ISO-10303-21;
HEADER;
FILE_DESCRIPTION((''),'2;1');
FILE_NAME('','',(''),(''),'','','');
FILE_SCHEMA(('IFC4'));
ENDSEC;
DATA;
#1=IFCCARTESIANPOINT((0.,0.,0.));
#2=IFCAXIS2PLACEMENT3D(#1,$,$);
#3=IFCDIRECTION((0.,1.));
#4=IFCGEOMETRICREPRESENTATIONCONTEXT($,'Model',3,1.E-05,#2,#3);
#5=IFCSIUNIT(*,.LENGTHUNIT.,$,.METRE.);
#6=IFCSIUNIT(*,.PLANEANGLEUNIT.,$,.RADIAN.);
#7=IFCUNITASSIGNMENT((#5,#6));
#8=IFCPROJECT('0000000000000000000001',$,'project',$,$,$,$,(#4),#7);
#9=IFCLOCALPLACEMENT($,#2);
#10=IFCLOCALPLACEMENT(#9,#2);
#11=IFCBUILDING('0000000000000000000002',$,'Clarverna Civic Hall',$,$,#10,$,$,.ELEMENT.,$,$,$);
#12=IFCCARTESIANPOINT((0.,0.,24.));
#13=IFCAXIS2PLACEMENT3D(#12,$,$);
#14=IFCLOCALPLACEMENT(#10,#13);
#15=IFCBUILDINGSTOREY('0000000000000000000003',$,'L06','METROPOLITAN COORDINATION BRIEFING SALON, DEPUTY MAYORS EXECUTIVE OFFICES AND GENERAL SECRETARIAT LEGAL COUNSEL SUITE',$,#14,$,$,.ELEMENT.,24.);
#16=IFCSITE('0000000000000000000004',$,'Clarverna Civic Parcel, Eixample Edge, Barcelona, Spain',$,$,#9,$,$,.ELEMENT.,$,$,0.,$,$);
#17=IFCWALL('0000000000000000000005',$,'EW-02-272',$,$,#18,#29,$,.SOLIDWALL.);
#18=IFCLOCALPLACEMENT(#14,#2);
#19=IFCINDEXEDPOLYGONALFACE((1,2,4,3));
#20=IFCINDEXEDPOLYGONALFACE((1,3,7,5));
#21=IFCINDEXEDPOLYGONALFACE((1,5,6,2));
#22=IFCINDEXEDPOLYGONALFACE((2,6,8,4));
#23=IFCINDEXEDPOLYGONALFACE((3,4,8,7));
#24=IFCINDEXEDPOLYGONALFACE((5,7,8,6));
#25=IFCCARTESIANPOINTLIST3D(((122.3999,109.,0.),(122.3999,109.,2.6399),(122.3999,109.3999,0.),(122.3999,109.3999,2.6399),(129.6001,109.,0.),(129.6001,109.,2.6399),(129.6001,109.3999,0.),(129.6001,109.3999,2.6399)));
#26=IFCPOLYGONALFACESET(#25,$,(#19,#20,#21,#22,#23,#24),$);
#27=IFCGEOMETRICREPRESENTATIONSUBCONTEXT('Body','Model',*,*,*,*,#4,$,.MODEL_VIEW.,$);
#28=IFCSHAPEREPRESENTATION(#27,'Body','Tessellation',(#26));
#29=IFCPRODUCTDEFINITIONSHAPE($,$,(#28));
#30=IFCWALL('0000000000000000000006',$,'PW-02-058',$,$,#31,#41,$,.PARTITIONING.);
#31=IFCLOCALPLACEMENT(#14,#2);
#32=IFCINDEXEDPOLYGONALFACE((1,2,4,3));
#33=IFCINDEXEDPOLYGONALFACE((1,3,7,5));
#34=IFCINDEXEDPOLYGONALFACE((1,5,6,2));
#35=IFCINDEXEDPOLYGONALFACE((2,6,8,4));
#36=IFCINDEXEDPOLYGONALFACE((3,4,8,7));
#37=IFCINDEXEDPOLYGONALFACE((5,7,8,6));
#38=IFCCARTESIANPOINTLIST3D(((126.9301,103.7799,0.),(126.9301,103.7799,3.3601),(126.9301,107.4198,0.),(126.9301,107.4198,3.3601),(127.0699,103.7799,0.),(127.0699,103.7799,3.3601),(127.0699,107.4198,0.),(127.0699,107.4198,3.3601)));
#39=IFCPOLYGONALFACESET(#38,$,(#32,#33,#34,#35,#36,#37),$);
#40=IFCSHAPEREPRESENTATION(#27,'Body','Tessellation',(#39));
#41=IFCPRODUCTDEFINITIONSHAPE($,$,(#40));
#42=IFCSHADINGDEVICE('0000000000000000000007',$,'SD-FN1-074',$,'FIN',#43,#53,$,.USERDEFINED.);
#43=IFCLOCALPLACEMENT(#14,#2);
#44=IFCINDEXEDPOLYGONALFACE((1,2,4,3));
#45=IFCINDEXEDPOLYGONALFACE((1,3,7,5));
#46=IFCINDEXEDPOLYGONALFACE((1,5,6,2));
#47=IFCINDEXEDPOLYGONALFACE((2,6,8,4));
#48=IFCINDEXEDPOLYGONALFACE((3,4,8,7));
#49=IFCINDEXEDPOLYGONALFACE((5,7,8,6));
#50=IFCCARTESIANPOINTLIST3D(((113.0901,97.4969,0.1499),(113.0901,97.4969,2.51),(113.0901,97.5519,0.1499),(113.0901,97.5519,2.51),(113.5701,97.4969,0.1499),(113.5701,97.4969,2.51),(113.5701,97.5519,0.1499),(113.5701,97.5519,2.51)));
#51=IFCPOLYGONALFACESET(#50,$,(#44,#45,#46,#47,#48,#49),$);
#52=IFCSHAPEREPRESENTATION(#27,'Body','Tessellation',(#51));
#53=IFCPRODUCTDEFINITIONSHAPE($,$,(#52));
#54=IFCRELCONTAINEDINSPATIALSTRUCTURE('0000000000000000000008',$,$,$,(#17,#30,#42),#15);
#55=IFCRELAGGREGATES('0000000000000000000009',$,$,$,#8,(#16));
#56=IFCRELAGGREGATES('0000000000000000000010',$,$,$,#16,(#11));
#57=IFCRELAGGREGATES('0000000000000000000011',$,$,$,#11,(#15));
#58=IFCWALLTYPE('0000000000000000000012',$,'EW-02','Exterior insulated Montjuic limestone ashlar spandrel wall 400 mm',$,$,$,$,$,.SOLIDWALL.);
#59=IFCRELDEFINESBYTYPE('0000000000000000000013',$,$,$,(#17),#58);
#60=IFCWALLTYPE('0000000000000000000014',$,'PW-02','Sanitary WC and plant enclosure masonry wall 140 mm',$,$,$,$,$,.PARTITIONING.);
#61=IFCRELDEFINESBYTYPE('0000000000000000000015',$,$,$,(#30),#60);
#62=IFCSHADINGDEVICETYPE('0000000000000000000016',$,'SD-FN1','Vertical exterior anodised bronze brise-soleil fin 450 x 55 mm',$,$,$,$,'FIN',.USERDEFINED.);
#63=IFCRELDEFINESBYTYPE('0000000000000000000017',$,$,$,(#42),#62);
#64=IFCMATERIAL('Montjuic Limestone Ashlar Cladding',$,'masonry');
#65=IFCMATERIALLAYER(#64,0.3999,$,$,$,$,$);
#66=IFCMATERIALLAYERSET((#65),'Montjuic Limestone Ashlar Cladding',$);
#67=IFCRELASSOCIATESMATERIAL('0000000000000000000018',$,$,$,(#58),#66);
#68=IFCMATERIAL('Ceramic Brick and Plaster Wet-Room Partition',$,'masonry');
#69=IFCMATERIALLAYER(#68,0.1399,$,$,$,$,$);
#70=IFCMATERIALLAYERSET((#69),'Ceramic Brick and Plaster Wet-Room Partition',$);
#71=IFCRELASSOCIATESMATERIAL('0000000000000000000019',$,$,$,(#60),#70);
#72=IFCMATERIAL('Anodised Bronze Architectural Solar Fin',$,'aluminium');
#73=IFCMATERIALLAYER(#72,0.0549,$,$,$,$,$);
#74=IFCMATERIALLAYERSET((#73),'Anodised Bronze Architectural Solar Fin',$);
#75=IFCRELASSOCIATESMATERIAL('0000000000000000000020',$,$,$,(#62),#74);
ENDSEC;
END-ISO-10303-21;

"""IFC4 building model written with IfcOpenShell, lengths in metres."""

from ifc_helpers import new_model, si_unit, direction, frame, frame_2d, origin, place, context, subcontext, project, spatial, rectangle, extrude, material, layer, layer_set, type_object, element, save


model = new_model("IFC4")

# Units and contexts
model_context = context("Model", 3, precision=1e-05, world=origin(), true_north=direction((0.0, 1.0)))
body_context = subcontext(model_context, "Body", "Model", "MODEL_VIEW")
ifc_project = project(units=[si_unit("LENGTHUNIT", "METRE"), si_unit("PLANEANGLEUNIT", "RADIAN")], contexts=[model_context])

# Site, building, storey
site_placement = place(None, origin())
site = spatial("IfcSite", under=ifc_project, at=site_placement, Name="Clarverna Civic Parcel, Eixample Edge, Barcelona, Spain", CompositionType="ELEMENT", RefElevation=0.0)
building_placement = place(site_placement, origin())
building = spatial("IfcBuilding", under=site, at=building_placement, Name="Clarverna Civic Hall", CompositionType="ELEMENT")
storey_placement = place(building_placement, frame((0.0, 0.0, 24.0)))
storey = spatial("IfcBuildingStorey", under=building, at=storey_placement, Name="L06", Description="METROPOLITAN COORDINATION BRIEFING SALON, DEPUTY MAYORS EXECUTIVE OFFICES AND GENERAL SECRETARIAT LEGAL COUNSEL SUITE", CompositionType="ELEMENT", Elevation=24.0)

# Walls
ifc_material_1 = material(Name="Montjuic Limestone Ashlar Cladding", Category="masonry")
ifc_layer_1 = layer(ifc_material_1, 0.3999)
ifc_layer_set_1 = layer_set([ifc_layer_1], Name="Montjuic Limestone Ashlar Cladding")
wall_type_1 = type_object("IfcWallType", Name="EW-02", Description="Exterior insulated Montjuic limestone ashlar spandrel wall 400 mm", PredefinedType="SOLIDWALL", material=ifc_layer_set_1)
wall_1_placement = place(storey_placement, frame((122.3999, 109.2, 0.0), z_axis=(0.0, 0.0, 1.0), x_axis=(1.0, 0.0, 0.0)))
element("IfcWall", 1, at=wall_1_placement, inside=storey, type_object=wall_type_1, Name="EW-02-272", PredefinedType="SOLIDWALL", context=body_context, shape_type="SweptSolid", body=[
    extrude(rectangle(XDim=7.2002, YDim=0.3999, at=frame_2d((3.6001, 0.0))), origin(), (0.0, 0.0, 1.0), 2.6399),
])
ifc_material_2 = material(Name="Ceramic Brick and Plaster Wet-Room Partition", Category="masonry")
ifc_layer_2 = layer(ifc_material_2, 0.1399)
ifc_layer_set_2 = layer_set([ifc_layer_2], Name="Ceramic Brick and Plaster Wet-Room Partition")
wall_type_2 = type_object("IfcWallType", Name="PW-02", Description="Sanitary WC and plant enclosure masonry wall 140 mm", PredefinedType="PARTITIONING", material=ifc_layer_set_2)
wall_2_placement = place(storey_placement, frame((127.0, 103.78, 0.0), z_axis=(0.0, 0.0, 1.0), x_axis=(0.0, 1.0, 0.0)))
element("IfcWall", 2, at=wall_2_placement, inside=storey, type_object=wall_type_2, Name="PW-02-058", PredefinedType="PARTITIONING", context=body_context, shape_type="SweptSolid", body=[
    extrude(rectangle(XDim=3.6399, YDim=0.1399, at=frame_2d((1.8198, 0.0))), origin(), (0.0, 0.0, 1.0), 3.3601),
])

# Shading device
ifc_material_3 = material(Name="Anodised Bronze Architectural Solar Fin", Category="aluminium")
ifc_layer_3 = layer(ifc_material_3, 0.0549)
ifc_layer_set_3 = layer_set([ifc_layer_3], Name="Anodised Bronze Architectural Solar Fin")
shading_device_type = type_object("IfcShadingDeviceType", Name="SD-FN1", Description="Vertical exterior anodised bronze brise-soleil fin 450 x 55 mm", ElementType="FIN", PredefinedType="USERDEFINED", material=ifc_layer_set_3)
shading_device_placement = place(storey_placement, frame((113.5701, 97.5244, 0.1499), z_axis=(0.0, 0.0, 1.0), x_axis=(-1.0, 0.0, 0.0)))
element("IfcShadingDevice", 3, at=shading_device_placement, inside=storey, type_object=shading_device_type, Name="SD-FN1-074", ObjectType="FIN", PredefinedType="USERDEFINED", context=body_context, shape_type="SweptSolid", body=[
    extrude(rectangle(XDim=0.48, YDim=0.0549, at=frame_2d((0.24, 0.0))), origin(), (0.0, 0.0, 1.0), 2.3601),
])

save(model, "model.ifc")
